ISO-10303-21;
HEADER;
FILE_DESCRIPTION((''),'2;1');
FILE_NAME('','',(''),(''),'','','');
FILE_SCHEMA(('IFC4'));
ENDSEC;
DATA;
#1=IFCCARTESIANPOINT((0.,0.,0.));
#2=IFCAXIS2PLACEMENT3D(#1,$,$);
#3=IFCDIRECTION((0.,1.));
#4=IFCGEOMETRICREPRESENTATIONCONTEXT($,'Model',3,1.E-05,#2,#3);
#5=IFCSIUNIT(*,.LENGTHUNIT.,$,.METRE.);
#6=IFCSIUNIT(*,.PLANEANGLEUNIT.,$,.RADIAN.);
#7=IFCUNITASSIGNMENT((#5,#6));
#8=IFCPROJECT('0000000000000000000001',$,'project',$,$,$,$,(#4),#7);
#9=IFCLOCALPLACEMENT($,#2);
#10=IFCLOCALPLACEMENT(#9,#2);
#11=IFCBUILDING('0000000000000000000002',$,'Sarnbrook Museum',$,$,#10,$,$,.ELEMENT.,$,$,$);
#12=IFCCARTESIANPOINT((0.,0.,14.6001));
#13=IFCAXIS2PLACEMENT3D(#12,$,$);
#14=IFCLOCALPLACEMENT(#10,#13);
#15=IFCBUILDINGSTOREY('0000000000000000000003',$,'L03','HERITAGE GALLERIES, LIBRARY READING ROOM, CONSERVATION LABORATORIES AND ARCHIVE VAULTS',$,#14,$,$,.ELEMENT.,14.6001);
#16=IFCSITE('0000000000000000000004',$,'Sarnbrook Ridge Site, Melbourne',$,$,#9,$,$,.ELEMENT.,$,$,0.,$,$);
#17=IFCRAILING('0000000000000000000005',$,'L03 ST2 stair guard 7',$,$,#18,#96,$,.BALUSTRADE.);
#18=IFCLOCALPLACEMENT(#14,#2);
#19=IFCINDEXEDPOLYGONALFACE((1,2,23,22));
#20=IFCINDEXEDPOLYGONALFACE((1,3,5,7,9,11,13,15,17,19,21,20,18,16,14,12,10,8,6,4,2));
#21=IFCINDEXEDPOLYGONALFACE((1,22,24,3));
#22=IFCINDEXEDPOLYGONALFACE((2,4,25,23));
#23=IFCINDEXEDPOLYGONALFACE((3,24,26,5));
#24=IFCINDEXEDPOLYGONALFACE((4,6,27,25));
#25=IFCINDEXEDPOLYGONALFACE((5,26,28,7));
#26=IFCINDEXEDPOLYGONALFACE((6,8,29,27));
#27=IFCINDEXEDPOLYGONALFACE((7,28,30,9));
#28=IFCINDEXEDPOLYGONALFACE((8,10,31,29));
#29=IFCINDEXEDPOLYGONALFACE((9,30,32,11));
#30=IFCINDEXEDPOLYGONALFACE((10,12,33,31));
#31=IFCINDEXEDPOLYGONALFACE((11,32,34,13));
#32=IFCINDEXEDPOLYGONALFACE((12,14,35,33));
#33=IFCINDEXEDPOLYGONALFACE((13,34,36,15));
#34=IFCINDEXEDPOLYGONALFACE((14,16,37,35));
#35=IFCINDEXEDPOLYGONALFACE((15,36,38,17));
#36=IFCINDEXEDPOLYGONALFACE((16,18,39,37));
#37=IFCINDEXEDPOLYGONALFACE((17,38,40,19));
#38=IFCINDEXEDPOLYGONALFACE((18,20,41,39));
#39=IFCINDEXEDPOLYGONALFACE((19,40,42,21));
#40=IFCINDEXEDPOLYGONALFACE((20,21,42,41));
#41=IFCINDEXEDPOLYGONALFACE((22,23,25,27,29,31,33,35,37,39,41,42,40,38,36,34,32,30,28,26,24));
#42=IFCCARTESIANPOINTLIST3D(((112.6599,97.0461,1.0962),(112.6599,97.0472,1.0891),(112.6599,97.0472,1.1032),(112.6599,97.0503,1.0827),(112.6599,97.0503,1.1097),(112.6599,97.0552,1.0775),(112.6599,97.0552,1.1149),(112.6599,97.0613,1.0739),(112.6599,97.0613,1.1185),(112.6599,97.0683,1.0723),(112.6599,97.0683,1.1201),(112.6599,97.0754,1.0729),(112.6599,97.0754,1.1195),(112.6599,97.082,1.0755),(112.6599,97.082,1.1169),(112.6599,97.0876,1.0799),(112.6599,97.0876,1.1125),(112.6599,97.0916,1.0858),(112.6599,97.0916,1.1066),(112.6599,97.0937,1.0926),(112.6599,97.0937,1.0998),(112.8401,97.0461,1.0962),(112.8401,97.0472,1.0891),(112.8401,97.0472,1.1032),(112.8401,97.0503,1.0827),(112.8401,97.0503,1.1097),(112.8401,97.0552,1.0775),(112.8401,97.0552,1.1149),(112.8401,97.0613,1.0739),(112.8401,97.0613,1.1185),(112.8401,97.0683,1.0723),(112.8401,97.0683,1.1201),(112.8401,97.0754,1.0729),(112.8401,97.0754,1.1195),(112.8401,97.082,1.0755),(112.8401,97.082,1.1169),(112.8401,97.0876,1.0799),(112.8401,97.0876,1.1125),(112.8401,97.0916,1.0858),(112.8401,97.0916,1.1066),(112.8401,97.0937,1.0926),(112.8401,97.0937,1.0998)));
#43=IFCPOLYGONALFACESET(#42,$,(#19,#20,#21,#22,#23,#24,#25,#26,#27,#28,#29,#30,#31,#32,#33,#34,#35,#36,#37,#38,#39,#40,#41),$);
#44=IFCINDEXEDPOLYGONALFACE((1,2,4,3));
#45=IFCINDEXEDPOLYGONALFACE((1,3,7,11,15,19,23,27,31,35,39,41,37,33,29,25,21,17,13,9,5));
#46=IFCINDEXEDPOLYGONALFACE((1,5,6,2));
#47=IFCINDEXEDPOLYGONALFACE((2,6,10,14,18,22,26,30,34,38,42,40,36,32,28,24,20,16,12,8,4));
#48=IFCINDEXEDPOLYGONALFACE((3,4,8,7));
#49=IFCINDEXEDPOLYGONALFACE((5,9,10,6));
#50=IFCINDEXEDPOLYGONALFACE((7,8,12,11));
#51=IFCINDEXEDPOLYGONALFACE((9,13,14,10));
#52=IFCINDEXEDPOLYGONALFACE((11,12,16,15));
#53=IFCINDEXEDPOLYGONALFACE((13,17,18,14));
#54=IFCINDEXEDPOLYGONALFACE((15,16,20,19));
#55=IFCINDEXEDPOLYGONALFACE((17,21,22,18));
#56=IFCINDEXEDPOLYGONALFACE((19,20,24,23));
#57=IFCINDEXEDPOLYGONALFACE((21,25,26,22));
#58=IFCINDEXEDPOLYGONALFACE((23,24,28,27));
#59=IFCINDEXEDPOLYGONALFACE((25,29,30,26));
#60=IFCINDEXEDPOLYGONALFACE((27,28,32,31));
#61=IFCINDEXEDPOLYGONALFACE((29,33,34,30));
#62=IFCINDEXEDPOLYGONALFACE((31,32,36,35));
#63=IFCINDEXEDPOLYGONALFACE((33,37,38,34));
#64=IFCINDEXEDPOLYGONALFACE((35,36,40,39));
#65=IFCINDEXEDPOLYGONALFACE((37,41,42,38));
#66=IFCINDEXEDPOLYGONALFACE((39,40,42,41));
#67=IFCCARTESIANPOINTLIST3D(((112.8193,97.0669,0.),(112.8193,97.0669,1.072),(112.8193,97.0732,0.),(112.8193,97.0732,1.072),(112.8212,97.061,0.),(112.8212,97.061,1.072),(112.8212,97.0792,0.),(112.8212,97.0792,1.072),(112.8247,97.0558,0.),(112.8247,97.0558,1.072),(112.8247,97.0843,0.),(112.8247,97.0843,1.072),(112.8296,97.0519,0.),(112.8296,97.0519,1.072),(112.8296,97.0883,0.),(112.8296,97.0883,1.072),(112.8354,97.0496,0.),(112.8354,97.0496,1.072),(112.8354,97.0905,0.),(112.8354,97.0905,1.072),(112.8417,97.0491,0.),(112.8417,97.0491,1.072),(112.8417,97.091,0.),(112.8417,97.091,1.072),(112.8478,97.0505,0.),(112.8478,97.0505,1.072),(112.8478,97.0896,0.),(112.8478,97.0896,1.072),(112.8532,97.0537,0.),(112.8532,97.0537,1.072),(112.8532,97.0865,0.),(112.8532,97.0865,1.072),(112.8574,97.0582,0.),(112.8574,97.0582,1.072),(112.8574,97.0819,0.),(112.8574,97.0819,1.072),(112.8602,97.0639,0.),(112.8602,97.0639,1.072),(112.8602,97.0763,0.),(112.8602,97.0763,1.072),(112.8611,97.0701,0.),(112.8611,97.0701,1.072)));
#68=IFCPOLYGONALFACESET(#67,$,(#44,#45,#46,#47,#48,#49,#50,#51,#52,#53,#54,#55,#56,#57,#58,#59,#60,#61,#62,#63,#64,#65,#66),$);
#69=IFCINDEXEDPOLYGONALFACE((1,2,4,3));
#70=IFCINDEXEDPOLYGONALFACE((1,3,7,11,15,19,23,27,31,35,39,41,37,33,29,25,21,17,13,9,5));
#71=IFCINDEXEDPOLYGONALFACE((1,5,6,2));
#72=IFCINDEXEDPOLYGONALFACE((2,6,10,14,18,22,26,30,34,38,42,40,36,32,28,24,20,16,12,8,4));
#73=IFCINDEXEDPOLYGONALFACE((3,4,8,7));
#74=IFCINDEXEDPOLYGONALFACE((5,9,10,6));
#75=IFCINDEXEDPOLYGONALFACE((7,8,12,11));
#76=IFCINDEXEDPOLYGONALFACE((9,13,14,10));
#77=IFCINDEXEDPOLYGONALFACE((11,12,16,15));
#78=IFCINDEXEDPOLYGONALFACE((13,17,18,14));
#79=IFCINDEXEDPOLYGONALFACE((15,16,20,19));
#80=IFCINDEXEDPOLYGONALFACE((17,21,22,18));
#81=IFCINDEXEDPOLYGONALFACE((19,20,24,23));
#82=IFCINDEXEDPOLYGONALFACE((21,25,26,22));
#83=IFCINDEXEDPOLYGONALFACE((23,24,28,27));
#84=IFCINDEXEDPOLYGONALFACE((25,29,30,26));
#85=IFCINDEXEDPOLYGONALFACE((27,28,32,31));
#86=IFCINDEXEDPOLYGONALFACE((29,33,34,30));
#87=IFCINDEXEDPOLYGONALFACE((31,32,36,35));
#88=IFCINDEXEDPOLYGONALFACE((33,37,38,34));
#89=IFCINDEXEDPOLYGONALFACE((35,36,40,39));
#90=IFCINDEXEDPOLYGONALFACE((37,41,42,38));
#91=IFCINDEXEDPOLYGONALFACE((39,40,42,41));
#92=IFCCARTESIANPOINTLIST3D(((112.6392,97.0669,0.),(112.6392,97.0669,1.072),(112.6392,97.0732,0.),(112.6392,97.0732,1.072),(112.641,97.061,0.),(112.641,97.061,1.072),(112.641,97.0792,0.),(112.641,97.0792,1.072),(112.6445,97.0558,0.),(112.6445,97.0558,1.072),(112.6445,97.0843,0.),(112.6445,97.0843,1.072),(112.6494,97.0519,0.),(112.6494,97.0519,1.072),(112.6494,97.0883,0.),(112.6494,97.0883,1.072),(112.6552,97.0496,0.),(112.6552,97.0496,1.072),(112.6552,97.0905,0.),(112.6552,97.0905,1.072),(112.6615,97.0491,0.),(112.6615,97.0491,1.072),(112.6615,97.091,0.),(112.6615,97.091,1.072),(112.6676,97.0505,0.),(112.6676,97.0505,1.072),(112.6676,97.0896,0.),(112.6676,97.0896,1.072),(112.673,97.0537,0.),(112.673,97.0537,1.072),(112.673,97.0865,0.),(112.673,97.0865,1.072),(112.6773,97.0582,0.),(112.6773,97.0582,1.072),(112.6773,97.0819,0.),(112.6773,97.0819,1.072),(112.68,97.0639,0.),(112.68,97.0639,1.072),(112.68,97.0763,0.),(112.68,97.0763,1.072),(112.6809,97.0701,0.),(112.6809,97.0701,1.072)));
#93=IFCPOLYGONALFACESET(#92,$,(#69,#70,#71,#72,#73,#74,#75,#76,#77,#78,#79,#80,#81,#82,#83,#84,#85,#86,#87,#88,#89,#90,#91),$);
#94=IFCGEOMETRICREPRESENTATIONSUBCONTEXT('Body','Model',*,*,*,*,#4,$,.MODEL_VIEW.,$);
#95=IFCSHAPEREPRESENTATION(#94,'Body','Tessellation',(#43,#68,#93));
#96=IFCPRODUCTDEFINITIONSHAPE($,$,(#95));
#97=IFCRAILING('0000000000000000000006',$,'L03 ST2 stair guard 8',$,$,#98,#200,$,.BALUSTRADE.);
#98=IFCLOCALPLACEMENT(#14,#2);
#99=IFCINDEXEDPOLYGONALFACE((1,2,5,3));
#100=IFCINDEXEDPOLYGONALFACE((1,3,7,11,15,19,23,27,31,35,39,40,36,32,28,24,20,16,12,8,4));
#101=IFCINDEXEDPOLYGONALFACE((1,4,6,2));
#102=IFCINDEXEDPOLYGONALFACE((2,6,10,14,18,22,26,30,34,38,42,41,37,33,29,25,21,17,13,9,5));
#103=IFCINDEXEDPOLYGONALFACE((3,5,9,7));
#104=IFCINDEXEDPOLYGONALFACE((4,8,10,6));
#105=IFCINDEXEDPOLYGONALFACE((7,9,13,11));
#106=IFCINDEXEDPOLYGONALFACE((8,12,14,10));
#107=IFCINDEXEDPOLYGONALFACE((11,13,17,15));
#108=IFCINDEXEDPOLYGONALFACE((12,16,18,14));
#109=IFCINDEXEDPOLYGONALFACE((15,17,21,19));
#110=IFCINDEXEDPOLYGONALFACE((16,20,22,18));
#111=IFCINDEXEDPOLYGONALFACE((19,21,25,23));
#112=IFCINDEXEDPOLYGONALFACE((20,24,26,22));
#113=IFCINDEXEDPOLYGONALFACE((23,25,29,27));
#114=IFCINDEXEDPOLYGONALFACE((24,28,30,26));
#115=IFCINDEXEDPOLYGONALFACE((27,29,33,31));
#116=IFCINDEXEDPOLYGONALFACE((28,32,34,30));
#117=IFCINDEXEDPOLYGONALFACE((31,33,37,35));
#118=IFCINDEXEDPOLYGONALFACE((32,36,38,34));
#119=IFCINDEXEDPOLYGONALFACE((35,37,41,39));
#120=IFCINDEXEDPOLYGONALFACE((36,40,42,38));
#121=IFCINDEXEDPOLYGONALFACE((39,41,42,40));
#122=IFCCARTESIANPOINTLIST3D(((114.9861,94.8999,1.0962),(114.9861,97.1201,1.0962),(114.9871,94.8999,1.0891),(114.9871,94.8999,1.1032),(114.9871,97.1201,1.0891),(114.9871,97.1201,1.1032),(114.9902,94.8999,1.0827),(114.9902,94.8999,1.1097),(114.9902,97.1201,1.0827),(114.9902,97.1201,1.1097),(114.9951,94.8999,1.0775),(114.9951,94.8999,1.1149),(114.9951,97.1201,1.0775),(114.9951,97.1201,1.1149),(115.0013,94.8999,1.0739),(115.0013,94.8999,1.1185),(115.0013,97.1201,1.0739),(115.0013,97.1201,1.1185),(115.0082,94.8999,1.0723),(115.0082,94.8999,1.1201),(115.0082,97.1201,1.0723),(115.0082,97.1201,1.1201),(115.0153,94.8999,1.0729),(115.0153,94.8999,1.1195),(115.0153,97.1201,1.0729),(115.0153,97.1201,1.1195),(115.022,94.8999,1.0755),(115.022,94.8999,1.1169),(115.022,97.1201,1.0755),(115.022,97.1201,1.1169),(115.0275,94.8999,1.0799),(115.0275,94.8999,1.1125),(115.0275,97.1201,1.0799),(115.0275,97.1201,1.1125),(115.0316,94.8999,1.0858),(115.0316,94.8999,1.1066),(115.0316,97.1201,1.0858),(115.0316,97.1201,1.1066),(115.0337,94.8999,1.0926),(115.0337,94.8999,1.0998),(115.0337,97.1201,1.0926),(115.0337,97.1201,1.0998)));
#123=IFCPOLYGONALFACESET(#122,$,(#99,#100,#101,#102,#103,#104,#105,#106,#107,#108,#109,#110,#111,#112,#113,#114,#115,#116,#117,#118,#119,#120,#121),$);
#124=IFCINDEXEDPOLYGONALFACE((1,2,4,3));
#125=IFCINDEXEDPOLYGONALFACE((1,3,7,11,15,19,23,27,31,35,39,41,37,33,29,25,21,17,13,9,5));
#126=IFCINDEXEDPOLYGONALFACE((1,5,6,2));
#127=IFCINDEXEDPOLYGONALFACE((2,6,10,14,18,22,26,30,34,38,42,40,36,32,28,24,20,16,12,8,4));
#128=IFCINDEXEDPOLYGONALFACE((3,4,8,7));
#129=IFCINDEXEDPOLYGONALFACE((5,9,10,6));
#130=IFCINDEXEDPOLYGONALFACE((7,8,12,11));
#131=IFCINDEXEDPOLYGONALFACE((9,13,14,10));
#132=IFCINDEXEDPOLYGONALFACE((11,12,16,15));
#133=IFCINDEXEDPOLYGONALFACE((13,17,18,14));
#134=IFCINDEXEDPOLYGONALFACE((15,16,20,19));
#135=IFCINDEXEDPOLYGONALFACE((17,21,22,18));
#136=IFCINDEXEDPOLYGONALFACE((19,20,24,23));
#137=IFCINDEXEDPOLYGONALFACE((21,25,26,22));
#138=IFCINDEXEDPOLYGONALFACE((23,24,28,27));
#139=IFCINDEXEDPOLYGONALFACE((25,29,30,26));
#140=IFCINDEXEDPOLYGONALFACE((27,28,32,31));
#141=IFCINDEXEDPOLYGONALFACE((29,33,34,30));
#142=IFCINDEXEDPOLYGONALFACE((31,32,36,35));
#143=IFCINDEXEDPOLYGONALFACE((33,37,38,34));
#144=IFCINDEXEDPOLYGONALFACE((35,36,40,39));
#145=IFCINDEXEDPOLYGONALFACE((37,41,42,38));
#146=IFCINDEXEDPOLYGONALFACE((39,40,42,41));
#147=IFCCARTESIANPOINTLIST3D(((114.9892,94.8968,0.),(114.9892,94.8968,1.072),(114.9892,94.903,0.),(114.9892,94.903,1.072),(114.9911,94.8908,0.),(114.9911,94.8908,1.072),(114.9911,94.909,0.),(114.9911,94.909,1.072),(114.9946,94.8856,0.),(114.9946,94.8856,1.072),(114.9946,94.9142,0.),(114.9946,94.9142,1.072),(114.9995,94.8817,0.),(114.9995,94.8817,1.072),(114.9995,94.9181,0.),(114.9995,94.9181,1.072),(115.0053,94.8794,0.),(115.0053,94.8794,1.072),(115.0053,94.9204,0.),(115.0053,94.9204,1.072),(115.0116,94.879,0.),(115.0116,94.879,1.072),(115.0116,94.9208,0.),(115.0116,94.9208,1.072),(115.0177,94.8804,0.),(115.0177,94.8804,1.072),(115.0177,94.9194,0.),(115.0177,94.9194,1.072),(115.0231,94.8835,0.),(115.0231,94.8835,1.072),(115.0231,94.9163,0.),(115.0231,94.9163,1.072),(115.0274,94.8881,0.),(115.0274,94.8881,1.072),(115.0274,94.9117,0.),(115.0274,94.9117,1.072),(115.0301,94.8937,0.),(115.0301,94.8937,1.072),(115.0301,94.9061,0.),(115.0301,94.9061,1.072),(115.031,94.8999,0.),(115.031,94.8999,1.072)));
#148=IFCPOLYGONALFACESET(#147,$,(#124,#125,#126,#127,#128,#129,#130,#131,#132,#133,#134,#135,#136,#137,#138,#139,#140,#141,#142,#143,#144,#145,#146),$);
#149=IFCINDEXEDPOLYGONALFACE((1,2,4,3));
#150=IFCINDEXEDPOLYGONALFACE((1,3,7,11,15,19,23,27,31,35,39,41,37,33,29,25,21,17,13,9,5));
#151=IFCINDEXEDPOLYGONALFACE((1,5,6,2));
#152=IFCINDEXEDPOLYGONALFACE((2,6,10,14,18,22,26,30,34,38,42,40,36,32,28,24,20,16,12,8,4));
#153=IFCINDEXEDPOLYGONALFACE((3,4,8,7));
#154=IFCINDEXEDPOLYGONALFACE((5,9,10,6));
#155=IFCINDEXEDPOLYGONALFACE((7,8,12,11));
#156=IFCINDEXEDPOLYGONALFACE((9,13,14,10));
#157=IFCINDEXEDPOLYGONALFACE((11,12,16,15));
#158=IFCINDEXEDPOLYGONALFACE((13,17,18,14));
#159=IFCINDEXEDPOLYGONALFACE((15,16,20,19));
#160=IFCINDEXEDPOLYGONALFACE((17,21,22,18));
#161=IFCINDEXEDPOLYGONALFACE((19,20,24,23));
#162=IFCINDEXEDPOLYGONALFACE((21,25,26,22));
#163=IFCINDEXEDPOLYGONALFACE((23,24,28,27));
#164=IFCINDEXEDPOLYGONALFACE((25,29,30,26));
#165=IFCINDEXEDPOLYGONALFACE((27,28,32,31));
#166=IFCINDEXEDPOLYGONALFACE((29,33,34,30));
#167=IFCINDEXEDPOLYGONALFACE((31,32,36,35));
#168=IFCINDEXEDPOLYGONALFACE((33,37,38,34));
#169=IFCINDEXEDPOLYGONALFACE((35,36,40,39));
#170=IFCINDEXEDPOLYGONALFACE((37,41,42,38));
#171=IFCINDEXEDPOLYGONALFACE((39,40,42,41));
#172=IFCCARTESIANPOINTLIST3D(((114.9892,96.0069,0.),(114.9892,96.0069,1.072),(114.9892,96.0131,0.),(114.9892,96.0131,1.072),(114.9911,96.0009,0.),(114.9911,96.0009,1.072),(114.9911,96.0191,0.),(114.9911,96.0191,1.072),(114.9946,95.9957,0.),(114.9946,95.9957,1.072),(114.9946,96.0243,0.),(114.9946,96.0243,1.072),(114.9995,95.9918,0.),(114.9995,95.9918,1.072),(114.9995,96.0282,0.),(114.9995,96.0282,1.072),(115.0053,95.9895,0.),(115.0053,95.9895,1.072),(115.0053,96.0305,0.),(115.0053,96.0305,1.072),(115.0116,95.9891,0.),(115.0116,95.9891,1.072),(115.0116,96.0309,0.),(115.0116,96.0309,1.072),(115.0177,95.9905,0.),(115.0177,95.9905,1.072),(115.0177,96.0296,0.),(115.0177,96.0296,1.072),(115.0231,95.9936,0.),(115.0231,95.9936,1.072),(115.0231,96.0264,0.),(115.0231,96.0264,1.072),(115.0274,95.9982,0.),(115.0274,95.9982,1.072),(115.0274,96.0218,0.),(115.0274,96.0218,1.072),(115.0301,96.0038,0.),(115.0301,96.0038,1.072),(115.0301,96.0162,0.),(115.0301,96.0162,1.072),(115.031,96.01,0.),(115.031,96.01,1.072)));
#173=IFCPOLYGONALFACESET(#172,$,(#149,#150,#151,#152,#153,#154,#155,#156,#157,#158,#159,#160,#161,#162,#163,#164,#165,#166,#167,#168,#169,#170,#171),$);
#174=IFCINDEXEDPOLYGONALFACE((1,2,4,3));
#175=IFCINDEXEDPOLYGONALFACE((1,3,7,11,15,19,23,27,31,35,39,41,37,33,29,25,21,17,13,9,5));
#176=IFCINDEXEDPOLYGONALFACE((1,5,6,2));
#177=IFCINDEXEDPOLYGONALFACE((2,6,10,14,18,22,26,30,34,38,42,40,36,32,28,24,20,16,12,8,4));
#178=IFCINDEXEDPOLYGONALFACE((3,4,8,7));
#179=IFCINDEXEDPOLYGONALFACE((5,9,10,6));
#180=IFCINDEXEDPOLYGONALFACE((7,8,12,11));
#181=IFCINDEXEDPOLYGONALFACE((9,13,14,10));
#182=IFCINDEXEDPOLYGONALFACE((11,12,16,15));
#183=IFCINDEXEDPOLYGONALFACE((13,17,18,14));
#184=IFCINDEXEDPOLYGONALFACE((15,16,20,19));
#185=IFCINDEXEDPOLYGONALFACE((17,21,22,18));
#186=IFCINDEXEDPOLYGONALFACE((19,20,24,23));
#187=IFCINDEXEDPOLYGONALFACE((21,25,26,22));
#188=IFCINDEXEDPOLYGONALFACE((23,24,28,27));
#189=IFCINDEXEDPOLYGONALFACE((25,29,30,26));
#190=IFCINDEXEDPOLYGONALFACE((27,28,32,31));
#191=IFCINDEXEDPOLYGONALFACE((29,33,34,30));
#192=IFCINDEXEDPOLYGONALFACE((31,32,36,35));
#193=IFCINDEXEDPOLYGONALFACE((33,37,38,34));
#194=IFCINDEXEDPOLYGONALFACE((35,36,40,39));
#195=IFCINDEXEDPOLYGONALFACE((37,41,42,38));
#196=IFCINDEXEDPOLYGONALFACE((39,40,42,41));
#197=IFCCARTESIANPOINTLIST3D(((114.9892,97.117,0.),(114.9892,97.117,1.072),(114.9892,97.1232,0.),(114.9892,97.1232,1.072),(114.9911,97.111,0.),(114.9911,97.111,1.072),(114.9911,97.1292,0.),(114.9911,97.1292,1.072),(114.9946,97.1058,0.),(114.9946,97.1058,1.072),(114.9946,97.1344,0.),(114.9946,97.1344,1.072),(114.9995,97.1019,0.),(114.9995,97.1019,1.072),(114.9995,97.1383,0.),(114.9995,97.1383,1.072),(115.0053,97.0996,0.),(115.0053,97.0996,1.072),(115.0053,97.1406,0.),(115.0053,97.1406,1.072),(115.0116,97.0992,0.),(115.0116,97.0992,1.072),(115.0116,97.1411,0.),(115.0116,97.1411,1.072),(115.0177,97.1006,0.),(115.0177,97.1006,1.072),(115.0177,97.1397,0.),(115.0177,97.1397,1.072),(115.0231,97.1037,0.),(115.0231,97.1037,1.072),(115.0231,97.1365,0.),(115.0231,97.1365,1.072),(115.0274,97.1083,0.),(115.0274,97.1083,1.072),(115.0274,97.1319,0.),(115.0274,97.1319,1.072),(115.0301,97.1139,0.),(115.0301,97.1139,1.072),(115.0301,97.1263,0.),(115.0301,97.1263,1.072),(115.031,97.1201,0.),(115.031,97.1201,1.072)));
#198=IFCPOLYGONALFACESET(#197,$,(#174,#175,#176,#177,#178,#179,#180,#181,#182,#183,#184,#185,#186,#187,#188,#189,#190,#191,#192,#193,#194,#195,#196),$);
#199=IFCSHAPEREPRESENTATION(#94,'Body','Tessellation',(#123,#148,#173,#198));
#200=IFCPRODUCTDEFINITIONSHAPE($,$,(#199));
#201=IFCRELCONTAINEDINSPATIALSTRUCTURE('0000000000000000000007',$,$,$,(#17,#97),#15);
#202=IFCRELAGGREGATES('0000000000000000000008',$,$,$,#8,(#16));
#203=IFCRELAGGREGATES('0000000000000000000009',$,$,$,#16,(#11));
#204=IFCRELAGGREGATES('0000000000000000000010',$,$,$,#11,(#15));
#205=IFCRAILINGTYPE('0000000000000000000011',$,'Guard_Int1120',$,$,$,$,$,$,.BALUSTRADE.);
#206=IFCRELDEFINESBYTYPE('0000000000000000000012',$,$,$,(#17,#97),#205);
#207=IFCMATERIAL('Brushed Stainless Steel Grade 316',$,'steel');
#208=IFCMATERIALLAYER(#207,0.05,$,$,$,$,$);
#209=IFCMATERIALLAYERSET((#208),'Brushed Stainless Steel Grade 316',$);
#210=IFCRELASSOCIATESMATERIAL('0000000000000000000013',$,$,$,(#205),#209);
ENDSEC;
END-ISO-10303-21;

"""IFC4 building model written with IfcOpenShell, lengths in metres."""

from ifc_helpers import new_model, si_unit, direction, frame, origin, origin_2d, place, context, subcontext, project, spatial, circle, extrude, material, layer, layer_set, type_object, element, save


model = new_model("IFC4")

# Units and contexts
model_context = context("Model", 3, precision=1e-05, world=origin(), true_north=direction((0.0, 1.0)))
body_context = subcontext(model_context, "Body", "Model", "MODEL_VIEW")
ifc_project = project(units=[si_unit("LENGTHUNIT", "METRE"), si_unit("PLANEANGLEUNIT", "RADIAN")], contexts=[model_context])

# Site, building, storey
site_placement = place(None, origin())
site = spatial("IfcSite", under=ifc_project, at=site_placement, Name="Sarnbrook Ridge Site, Melbourne", CompositionType="ELEMENT", RefElevation=0.0)
building_placement = place(site_placement, origin())
building = spatial("IfcBuilding", under=site, at=building_placement, Name="Sarnbrook Museum", CompositionType="ELEMENT")
storey_placement = place(building_placement, frame((0.0, 0.0, 14.6001)))
storey = spatial("IfcBuildingStorey", under=building, at=storey_placement, Name="L03", Description="HERITAGE GALLERIES, LIBRARY READING ROOM, CONSERVATION LABORATORIES AND ARCHIVE VAULTS", CompositionType="ELEMENT", Elevation=14.6001)

# Railings
ifc_material_1 = material(Name="Brushed Stainless Steel Grade 316", Category="steel")
ifc_layer_1 = layer(ifc_material_1, 0.05)
ifc_layer_set_1 = layer_set([ifc_layer_1], Name="Brushed Stainless Steel Grade 316")
railing_type_1 = type_object("IfcRailingType", Name="Guard_Int1120", PredefinedType="BALUSTRADE", material=ifc_layer_set_1)
railing_1_placement = place(storey_placement, frame((112.8401, 97.0701, 0.0)))
element("IfcRailing", 1, at=railing_1_placement, inside=storey, type_object=railing_type_1, Name="L03 ST2 stair guard 7", PredefinedType="BALUSTRADE", context=body_context, shape_type="SweptSolid", body=[
    extrude(circle(Radius=0.0239, at=origin_2d()), frame((0.0, 0.0, 1.0962), z_axis=(-1.0, 0.0, 0.0), x_axis=(0.0, -1.0, 0.0)), (0.0, 0.0, 1.0), 0.1802),
    extrude(circle(Radius=0.021, at=origin_2d()), origin(), (0.0, 0.0, 1.0), 1.072),
    extrude(circle(Radius=0.021, at=origin_2d()), frame((-0.1802, 0.0, 0.0)), (0.0, 0.0, 1.0), 1.072),
])
for number, where, name in (
    (2, (115.01, 94.8999, 0.0), "L03 ST2 stair guard 8"),
):
    element("IfcRailing", number, at=place(storey_placement, frame(where)), inside=storey, type_object=railing_type_1, Name=name, PredefinedType="BALUSTRADE", context=body_context, shape_type="SweptSolid", body=[
        extrude(circle(Radius=0.0239, at=origin_2d()), frame((0.0, 0.0, 1.0962), z_axis=(0.0, 1.0, 0.0), x_axis=(-1.0, 0.0, 0.0)), (0.0, 0.0, 1.0), 2.2202),
        extrude(circle(Radius=0.021, at=origin_2d()), origin(), (0.0, 0.0, 1.0), 1.072),
        extrude(circle(Radius=0.021, at=origin_2d()), frame((0.0, 1.1101, 0.0)), (0.0, 0.0, 1.0), 1.072),
        extrude(circle(Radius=0.021, at=origin_2d()), frame((0.0, 2.2202, 0.0)), (0.0, 0.0, 1.0), 1.072),
    ])

save(model, "model.ifc")
